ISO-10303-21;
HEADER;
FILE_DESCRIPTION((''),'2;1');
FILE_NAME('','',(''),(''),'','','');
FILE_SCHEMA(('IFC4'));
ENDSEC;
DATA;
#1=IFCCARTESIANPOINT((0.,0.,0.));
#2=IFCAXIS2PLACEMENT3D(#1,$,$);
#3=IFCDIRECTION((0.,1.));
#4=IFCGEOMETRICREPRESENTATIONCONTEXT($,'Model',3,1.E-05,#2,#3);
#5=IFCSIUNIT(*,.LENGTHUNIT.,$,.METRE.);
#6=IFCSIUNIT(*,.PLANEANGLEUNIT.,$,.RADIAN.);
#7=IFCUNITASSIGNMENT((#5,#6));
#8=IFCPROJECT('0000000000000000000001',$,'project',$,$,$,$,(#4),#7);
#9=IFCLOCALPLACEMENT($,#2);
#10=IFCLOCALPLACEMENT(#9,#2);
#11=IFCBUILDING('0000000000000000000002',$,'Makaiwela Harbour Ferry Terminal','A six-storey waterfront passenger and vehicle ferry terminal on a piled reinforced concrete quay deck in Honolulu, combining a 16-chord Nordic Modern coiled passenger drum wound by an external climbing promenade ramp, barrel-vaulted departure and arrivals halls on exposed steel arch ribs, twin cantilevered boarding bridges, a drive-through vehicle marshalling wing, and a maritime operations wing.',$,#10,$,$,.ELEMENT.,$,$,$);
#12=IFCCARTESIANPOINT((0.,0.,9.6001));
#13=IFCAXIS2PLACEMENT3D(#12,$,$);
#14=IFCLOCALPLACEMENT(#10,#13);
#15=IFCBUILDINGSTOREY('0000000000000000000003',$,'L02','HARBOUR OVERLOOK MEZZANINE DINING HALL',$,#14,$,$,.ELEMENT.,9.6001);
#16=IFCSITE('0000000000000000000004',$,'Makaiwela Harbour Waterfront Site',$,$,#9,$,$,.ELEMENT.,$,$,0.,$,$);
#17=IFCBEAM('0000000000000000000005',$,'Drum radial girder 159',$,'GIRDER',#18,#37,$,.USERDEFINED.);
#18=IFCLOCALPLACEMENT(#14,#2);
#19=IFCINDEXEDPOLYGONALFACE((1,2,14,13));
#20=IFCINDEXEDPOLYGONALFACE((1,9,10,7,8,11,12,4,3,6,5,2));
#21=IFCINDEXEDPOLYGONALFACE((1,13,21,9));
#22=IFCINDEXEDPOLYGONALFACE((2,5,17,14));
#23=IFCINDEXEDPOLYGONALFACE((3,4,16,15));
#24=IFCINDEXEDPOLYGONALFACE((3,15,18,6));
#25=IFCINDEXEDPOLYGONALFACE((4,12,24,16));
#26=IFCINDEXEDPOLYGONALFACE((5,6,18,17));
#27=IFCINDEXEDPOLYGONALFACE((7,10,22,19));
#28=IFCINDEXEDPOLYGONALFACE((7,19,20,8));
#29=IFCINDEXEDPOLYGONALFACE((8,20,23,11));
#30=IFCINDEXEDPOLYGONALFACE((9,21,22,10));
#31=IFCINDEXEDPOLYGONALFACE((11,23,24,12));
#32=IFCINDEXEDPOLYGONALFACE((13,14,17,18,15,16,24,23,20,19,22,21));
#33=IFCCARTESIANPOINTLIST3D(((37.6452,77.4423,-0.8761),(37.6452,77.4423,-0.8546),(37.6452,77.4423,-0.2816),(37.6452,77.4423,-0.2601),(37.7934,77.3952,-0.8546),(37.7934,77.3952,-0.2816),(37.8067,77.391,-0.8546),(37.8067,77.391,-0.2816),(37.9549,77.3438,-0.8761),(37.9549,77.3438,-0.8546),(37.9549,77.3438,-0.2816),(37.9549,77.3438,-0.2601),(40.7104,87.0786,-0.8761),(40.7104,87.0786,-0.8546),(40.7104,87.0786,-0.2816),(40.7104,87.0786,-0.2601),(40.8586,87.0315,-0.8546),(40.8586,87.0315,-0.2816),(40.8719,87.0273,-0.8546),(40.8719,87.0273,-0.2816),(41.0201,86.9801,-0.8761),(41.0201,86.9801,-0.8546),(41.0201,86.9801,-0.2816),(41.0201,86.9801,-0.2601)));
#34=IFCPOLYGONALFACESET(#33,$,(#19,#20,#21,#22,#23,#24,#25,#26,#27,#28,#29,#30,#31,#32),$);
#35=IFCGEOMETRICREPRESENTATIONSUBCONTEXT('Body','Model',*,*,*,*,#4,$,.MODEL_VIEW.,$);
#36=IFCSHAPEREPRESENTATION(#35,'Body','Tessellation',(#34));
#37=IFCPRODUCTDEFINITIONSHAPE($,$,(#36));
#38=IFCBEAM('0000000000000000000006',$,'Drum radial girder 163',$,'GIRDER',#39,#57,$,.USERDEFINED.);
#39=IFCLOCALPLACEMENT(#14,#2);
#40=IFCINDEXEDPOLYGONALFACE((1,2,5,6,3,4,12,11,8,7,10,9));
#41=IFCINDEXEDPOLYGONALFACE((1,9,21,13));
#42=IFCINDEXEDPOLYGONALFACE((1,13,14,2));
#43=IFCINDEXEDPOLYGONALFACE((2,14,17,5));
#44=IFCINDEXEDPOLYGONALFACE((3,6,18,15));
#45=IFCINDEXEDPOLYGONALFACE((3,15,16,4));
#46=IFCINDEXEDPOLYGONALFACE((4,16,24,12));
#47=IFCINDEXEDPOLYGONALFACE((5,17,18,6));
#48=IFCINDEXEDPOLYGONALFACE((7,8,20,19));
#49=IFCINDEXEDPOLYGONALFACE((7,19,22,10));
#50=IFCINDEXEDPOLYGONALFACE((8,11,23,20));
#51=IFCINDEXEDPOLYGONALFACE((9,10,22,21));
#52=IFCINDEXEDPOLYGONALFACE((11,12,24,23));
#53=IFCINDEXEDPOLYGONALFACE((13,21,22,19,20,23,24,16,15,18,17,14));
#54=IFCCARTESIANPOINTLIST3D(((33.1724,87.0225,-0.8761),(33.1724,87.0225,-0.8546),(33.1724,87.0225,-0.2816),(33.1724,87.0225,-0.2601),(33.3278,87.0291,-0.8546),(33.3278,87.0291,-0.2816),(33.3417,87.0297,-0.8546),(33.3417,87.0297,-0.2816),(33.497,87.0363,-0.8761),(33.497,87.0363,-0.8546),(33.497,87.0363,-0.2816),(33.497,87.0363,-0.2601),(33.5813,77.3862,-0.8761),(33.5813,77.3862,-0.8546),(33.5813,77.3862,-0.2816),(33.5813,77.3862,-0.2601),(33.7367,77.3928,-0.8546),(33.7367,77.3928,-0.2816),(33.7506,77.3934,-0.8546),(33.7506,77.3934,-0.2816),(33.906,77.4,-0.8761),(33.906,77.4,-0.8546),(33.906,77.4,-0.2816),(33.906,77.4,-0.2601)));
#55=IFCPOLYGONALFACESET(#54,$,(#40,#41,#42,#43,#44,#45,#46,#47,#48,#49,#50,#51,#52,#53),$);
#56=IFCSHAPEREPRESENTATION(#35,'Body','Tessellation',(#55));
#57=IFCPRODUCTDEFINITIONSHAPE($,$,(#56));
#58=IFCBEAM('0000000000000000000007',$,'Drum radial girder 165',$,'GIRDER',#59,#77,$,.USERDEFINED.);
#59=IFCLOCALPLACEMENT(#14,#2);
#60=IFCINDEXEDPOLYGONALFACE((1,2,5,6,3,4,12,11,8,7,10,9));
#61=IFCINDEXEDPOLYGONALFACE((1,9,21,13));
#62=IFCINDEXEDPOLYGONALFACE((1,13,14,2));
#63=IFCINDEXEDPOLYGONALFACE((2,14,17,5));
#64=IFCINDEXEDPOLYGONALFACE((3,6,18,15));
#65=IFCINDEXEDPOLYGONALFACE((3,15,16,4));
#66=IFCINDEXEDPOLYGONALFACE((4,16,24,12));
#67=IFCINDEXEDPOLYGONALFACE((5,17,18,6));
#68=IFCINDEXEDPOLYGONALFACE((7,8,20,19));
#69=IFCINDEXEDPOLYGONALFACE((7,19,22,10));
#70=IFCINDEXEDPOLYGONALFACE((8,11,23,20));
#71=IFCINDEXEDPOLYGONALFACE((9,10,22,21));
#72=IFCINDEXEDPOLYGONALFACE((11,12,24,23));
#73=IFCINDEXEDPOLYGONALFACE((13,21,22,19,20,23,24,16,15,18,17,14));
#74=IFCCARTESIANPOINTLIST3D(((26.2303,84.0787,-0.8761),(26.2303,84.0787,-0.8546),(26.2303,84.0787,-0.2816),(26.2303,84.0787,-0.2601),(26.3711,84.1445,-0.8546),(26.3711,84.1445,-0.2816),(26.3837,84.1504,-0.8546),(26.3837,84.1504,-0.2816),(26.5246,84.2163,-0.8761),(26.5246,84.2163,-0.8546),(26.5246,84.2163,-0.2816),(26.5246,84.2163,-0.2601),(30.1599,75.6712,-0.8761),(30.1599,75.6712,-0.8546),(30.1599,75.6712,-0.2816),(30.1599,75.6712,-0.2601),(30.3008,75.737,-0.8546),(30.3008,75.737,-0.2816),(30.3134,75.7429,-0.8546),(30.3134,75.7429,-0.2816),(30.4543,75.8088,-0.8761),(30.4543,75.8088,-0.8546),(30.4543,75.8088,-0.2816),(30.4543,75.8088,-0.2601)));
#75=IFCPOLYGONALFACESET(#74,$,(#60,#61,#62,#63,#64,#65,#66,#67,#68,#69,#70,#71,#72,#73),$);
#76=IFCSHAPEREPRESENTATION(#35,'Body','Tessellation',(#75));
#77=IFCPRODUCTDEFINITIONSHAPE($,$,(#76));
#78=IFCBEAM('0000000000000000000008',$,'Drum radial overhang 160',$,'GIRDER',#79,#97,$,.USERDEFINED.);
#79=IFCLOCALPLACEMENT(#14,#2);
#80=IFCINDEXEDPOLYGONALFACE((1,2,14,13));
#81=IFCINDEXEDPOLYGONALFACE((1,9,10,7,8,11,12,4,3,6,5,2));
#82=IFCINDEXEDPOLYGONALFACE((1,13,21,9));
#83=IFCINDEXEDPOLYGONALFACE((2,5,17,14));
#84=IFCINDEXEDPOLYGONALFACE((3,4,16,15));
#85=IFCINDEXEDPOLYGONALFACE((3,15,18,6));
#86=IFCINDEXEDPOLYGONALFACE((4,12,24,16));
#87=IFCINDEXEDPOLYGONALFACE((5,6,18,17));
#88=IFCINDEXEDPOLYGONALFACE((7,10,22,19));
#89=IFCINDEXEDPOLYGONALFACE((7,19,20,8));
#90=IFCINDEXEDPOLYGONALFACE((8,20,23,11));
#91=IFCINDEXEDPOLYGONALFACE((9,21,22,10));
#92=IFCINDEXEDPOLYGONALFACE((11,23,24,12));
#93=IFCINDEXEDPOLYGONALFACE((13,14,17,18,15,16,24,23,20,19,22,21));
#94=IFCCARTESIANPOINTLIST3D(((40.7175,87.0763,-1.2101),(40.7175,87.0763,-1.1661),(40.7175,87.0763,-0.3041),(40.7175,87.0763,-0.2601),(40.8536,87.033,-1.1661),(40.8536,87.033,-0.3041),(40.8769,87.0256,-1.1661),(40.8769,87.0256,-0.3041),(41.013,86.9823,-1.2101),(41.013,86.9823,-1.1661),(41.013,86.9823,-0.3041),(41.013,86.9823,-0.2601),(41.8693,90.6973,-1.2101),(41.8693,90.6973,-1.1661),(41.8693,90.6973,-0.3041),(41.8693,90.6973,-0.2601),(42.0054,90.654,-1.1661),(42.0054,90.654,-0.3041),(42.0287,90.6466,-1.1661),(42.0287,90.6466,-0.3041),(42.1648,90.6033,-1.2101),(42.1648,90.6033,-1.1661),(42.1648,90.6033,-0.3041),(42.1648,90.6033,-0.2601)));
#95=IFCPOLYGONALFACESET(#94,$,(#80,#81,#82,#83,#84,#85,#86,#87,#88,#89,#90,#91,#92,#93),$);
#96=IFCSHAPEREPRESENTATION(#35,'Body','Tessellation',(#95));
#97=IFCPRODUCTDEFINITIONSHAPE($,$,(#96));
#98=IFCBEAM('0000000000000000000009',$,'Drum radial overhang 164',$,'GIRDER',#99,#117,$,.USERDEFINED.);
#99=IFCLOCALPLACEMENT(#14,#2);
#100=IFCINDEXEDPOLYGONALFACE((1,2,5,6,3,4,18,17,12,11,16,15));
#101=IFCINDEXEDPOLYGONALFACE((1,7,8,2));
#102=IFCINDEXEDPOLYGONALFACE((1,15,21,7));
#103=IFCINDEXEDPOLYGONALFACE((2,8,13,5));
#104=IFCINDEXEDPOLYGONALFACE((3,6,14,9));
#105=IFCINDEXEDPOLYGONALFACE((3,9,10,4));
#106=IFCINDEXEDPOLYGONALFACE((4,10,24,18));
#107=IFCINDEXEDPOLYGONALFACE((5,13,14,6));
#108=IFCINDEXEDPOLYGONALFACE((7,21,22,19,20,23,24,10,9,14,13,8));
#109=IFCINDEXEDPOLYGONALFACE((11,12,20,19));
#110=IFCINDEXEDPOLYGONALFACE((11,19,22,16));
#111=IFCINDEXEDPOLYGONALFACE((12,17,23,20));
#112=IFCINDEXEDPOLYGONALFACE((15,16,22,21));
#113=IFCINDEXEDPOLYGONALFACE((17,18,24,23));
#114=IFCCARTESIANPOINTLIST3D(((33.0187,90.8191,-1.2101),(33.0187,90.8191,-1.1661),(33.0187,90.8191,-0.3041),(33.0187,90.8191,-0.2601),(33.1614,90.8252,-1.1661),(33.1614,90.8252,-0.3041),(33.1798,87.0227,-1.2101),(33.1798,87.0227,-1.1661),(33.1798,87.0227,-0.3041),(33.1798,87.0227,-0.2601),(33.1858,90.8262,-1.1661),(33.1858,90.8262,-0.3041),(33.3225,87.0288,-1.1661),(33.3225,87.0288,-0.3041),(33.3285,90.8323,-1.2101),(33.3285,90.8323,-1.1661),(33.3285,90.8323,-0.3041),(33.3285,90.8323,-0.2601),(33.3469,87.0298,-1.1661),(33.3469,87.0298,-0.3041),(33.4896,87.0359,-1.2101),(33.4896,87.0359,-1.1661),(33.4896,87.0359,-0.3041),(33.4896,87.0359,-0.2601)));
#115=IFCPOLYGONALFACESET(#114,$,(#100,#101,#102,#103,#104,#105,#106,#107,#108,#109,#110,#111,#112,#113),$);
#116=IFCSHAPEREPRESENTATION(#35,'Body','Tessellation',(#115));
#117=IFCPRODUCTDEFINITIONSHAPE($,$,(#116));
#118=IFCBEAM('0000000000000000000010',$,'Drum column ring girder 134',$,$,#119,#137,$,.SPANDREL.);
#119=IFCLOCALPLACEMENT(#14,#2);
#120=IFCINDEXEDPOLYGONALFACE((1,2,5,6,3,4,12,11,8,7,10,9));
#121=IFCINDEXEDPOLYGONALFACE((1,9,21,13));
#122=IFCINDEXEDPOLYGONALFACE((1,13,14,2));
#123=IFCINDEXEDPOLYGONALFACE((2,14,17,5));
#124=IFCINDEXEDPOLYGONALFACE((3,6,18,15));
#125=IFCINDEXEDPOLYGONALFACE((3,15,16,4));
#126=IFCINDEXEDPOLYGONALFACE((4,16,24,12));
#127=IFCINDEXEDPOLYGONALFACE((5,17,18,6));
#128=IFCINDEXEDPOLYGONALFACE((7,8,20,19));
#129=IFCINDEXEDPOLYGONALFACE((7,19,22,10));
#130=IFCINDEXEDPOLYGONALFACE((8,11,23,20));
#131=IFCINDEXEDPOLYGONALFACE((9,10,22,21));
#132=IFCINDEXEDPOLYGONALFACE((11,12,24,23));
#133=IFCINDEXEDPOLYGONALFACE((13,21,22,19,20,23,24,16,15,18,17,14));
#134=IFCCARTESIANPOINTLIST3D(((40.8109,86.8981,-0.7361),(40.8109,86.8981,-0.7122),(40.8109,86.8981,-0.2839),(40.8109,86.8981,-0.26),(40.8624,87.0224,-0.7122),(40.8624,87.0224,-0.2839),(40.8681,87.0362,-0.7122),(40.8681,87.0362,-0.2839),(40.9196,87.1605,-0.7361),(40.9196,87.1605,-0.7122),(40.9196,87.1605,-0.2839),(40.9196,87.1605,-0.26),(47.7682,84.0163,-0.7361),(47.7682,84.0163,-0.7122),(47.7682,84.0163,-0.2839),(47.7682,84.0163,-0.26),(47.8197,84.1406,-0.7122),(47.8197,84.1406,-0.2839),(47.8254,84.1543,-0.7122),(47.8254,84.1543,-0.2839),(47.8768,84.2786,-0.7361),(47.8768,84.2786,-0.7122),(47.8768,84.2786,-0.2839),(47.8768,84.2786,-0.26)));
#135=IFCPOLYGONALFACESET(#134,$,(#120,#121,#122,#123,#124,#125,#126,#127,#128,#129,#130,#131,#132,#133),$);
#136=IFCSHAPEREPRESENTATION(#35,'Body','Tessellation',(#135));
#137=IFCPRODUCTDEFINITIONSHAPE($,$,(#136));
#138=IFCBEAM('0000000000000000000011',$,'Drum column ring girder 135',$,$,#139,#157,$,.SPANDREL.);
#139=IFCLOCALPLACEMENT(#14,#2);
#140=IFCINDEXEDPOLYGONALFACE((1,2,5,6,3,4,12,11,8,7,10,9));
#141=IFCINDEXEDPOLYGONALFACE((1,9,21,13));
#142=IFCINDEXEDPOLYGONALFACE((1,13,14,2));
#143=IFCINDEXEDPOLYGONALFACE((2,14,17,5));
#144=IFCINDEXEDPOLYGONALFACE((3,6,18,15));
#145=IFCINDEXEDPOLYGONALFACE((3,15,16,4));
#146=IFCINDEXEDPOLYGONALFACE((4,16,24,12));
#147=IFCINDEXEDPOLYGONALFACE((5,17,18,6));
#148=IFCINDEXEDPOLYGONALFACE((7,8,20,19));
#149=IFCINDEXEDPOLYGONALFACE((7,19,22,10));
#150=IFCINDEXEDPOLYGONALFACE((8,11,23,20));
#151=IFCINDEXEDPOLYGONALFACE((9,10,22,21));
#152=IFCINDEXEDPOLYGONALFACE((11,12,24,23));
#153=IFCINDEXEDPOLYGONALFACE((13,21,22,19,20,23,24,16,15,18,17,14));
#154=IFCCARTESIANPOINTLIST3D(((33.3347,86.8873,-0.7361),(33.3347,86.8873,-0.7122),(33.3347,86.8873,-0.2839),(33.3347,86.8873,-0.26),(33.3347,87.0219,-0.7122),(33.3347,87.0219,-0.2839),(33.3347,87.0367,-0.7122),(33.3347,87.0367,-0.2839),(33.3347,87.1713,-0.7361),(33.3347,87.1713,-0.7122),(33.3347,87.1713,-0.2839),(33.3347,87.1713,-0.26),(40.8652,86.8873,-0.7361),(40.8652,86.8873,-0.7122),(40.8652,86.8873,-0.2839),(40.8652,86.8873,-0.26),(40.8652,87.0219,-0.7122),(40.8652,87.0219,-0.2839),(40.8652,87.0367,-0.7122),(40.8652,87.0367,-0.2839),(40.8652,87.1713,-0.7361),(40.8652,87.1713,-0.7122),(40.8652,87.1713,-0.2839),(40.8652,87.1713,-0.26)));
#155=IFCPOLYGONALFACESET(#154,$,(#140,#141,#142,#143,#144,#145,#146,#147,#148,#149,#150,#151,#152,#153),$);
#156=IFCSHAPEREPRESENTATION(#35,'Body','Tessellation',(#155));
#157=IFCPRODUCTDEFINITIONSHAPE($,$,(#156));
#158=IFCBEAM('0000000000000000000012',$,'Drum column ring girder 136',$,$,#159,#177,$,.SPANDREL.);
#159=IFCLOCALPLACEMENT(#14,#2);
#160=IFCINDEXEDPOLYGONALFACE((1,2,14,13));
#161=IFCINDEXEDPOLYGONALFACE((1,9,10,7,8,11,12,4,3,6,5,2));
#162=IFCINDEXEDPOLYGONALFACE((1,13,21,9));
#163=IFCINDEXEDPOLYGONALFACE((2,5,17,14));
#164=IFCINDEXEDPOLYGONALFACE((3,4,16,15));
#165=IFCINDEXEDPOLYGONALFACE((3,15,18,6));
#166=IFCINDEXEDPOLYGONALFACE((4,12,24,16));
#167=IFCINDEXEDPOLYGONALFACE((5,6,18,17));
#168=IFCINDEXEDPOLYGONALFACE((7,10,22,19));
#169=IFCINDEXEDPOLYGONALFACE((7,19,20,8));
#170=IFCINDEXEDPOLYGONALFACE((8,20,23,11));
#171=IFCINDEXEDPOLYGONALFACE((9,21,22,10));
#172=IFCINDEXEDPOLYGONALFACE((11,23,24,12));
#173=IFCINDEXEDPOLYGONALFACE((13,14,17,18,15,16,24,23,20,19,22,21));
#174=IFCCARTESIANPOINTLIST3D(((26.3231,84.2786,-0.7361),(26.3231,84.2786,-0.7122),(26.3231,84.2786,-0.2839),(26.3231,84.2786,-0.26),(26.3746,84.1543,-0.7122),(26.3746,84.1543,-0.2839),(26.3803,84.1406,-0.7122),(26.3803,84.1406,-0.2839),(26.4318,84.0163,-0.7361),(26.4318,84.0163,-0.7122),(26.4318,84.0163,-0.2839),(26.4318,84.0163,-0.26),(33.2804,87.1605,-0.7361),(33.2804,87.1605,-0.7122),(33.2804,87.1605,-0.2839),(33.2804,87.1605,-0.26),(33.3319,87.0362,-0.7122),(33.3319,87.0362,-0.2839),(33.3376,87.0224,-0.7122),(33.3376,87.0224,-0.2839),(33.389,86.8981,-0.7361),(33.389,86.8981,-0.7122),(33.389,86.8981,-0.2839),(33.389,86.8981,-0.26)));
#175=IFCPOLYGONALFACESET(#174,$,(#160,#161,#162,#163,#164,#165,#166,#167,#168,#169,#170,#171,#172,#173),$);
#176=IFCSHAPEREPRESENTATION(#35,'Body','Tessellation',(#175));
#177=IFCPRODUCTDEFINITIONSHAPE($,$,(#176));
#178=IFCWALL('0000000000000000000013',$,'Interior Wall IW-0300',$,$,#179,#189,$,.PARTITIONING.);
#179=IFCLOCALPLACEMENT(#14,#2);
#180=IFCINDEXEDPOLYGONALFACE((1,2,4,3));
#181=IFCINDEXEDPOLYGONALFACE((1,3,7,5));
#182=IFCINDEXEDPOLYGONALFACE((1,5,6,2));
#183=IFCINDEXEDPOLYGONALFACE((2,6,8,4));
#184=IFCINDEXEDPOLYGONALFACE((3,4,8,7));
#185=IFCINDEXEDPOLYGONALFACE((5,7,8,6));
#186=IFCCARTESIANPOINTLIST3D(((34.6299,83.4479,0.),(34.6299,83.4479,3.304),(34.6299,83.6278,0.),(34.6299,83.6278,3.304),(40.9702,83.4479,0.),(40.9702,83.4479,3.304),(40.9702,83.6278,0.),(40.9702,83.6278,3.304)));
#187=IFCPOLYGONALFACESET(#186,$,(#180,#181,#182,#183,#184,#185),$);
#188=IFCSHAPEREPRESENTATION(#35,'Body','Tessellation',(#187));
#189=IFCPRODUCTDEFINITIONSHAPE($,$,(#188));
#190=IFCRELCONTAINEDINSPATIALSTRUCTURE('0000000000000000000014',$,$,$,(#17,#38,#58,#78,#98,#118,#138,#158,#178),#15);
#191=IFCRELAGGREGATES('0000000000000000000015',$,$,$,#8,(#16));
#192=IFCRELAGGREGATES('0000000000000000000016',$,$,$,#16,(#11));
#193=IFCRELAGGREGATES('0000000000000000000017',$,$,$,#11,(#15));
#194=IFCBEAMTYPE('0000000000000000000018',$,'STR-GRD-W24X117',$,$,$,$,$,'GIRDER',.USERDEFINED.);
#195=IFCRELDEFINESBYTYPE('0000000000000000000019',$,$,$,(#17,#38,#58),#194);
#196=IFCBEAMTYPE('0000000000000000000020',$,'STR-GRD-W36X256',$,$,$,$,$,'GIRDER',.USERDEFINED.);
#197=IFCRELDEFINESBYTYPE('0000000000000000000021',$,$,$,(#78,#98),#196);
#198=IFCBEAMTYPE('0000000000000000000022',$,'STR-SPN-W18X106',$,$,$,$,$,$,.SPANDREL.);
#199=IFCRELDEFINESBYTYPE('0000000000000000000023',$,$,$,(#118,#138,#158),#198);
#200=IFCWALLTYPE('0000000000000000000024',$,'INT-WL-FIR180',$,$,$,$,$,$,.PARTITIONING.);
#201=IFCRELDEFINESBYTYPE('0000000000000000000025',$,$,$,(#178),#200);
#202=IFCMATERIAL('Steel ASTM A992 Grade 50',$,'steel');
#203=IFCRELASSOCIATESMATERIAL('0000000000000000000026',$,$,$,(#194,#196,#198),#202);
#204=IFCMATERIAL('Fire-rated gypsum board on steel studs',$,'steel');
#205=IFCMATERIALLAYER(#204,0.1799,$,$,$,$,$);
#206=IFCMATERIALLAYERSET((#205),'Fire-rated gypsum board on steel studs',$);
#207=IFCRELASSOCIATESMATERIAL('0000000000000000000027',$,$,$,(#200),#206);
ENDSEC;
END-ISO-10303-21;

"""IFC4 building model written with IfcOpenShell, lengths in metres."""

from ifc_helpers import new_model, si_unit, direction, frame, frame_2d, origin, origin_2d, place, context, subcontext, project, spatial, rectangle, i_section, extrude, material, layer, layer_set, material_profile, profile_set, type_object, element, save


model = new_model("IFC4")

# Units and contexts
model_context = context("Model", 3, precision=1e-05, world=origin(), true_north=direction((0.0, 1.0)))
body_context = subcontext(model_context, "Body", "Model", "MODEL_VIEW")
ifc_project = project(units=[si_unit("LENGTHUNIT", "METRE"), si_unit("PLANEANGLEUNIT", "RADIAN")], contexts=[model_context])

# Site, building, storey
site_placement = place(None, origin())
site = spatial("IfcSite", under=ifc_project, at=site_placement, Name="Makaiwela Harbour Waterfront Site", CompositionType="ELEMENT", RefElevation=0.0)
building_placement = place(site_placement, origin())
building = spatial("IfcBuilding", under=site, at=building_placement, Name="Makaiwela Harbour Ferry Terminal", Description="A six-storey waterfront passenger and vehicle ferry terminal on a piled reinforced concrete quay deck in Honolulu, combining a 16-chord Nordic Modern coiled passenger drum wound by an external climbing promenade ramp, barrel-vaulted departure and arrivals halls on exposed steel arch ribs, twin cantilevered boarding bridges, a drive-through vehicle marshalling wing, and a maritime operations wing.", CompositionType="ELEMENT")
storey_placement = place(building_placement, frame((0.0, 0.0, 9.6001)))
storey = spatial("IfcBuildingStorey", under=building, at=storey_placement, Name="L02", Description="HARBOUR OVERLOOK MEZZANINE DINING HALL", CompositionType="ELEMENT", Elevation=9.6001)

# Shared definitions
ifc_material_1 = material(Name="Steel ASTM A992 Grade 50", Category="steel")

# Beams
ifc_material_profile_1 = material_profile(ifc_material_1, i_section(OverallWidth=0.325, OverallDepth=0.616, WebThickness=0.0139, FlangeThickness=0.0215, at=origin_2d()), Name="W24X117")
ifc_profile_set_1 = profile_set([ifc_material_profile_1], Name="Steel ASTM A992 Grade 50")
beam_type_1 = type_object("IfcBeamType", Name="STR-GRD-W24X117", ElementType="GIRDER", PredefinedType="USERDEFINED", material=ifc_profile_set_1)
beam_1_placement = place(storey_placement, frame((37.8, 77.3931, -0.5681), z_axis=(0.303124, 0.952951, 0.0), x_axis=(-0.952951, 0.303124, 0.0)))
element("IfcBeam", 1, at=beam_1_placement, inside=storey, type_object=beam_type_1, Name="Drum radial girder 159", ObjectType="GIRDER", PredefinedType="USERDEFINED", context=body_context, shape_type="SweptSolid", body=[
    extrude(i_section(OverallWidth=0.325, OverallDepth=0.616, WebThickness=0.0139, FlangeThickness=0.0215, at=origin_2d()), origin(), (0.0, 0.0, 1.0), 10.1121),
])
beam_2_placement = place(storey_placement, frame((33.7437, 77.3931, -0.5681), z_axis=(-0.042399, 0.999101, 0.0), x_axis=(-0.999101, -0.042399, 0.0)))
element("IfcBeam", 2, at=beam_2_placement, inside=storey, type_object=beam_type_1, Name="Drum radial girder 163", ObjectType="GIRDER", PredefinedType="USERDEFINED", context=body_context, shape_type="SweptSolid", body=[
    extrude(i_section(OverallWidth=0.325, OverallDepth=0.616, WebThickness=0.0139, FlangeThickness=0.0215, at=origin_2d()), origin(), (0.0, 0.0, 1.0), 9.645),
])
beam_3_placement = place(storey_placement, frame((30.3071, 75.74, -0.5681), z_axis=(-0.423434, 0.905927, 0.0), x_axis=(-0.905927, -0.423434, 0.0)))
element("IfcBeam", 3, at=beam_3_placement, inside=storey, type_object=beam_type_1, Name="Drum radial girder 165", ObjectType="GIRDER", PredefinedType="USERDEFINED", context=body_context, shape_type="SweptSolid", body=[
    extrude(i_section(OverallWidth=0.325, OverallDepth=0.616, WebThickness=0.0139, FlangeThickness=0.0215, at=origin_2d()), origin(), (0.0, 0.0, 1.0), 9.2805),
])
ifc_material_profile_2 = material_profile(ifc_material_1, i_section(OverallWidth=0.3101, OverallDepth=0.95, WebThickness=0.0244, FlangeThickness=0.0439, at=origin_2d()), Name="W36X256")
ifc_profile_set_2 = profile_set([ifc_material_profile_2], Name="Steel ASTM A992 Grade 50")
beam_type_2 = type_object("IfcBeamType", Name="STR-GRD-W36X256", ElementType="GIRDER", PredefinedType="USERDEFINED", material=ifc_profile_set_2)
for number, where, z_axis, x_axis, name in (
    (4, (40.8652, 87.0293, -0.7351), (0.303129, 0.952949, 0.0), (-0.952949, 0.303129, 0.0), "Drum radial overhang 160"),
    (5, (33.3347, 87.0293, -0.7351), (-0.042406, 0.9991, 0.0), (-0.9991, -0.042406, 0.0), "Drum radial overhang 164"),
):
    element("IfcBeam", number, at=place(storey_placement, frame(where, z_axis=z_axis, x_axis=x_axis)), inside=storey, type_object=beam_type_2, Name=name, ObjectType="GIRDER", PredefinedType="USERDEFINED", context=body_context, shape_type="SweptSolid", body=[
        extrude(i_section(OverallWidth=0.3101, OverallDepth=0.95, WebThickness=0.0244, FlangeThickness=0.0439, at=origin_2d()), origin(), (0.0, 0.0, 1.0), 3.7998),
    ])
ifc_material_profile_3 = material_profile(ifc_material_1, i_section(OverallWidth=0.2839, OverallDepth=0.4761, WebThickness=0.0149, FlangeThickness=0.0239, at=origin_2d()), Name="W18X106")
ifc_profile_set_3 = profile_set([ifc_material_profile_3], Name="Steel ASTM A992 Grade 50")
beam_type_3 = type_object("IfcBeamType", Name="STR-SPN-W18X106", PredefinedType="SPANDREL", material=ifc_profile_set_3)
for number, where, z_axis, x_axis, name in (
    (6, (47.8225, 84.1475, -0.498), (-0.923878, 0.382688, 0.0), (-0.382688, -0.923878, 0.0), "Drum column ring girder 134"),
    (7, (40.8652, 87.0293, -0.498), (-1.0, 0.0, 0.0), (0.0, -1.0, 0.0), "Drum column ring girder 135"),
    (8, (33.3347, 87.0293, -0.498), (-0.923878, -0.382688, 0.0), (0.382688, -0.923878, 0.0), "Drum column ring girder 136"),
):
    element("IfcBeam", number, at=place(storey_placement, frame(where, z_axis=z_axis, x_axis=x_axis)), inside=storey, type_object=beam_type_3, Name=name, PredefinedType="SPANDREL", context=body_context, shape_type="SweptSolid", body=[
        extrude(i_section(OverallWidth=0.2839, OverallDepth=0.4761, WebThickness=0.0149, FlangeThickness=0.0239, at=origin_2d()), origin(), (0.0, 0.0, 1.0), 7.5305),
    ])

# Wall
ifc_material_2 = material(Name="Fire-rated gypsum board on steel studs", Category="steel")
ifc_layer_1 = layer(ifc_material_2, 0.1799)
ifc_layer_set_1 = layer_set([ifc_layer_1], Name="Fire-rated gypsum board on steel studs")
wall_type_1 = type_object("IfcWallType", Name="INT-WL-FIR180", PredefinedType="PARTITIONING", material=ifc_layer_set_1)
wall_1_placement = place(storey_placement, frame((40.9702, 83.5378, 0.0), z_axis=(0.0, 0.0, 1.0), x_axis=(-1.0, 0.0, 0.0)))
element("IfcWall", 9, at=wall_1_placement, inside=storey, type_object=wall_type_1, Name="Interior Wall IW-0300", PredefinedType="PARTITIONING", context=body_context, shape_type="SweptSolid", body=[
    extrude(rectangle(XDim=6.3403, YDim=0.1799, at=frame_2d((3.1702, 0.0))), origin(), (0.0, 0.0, 1.0), 3.304),
])

save(model, "model.ifc")
